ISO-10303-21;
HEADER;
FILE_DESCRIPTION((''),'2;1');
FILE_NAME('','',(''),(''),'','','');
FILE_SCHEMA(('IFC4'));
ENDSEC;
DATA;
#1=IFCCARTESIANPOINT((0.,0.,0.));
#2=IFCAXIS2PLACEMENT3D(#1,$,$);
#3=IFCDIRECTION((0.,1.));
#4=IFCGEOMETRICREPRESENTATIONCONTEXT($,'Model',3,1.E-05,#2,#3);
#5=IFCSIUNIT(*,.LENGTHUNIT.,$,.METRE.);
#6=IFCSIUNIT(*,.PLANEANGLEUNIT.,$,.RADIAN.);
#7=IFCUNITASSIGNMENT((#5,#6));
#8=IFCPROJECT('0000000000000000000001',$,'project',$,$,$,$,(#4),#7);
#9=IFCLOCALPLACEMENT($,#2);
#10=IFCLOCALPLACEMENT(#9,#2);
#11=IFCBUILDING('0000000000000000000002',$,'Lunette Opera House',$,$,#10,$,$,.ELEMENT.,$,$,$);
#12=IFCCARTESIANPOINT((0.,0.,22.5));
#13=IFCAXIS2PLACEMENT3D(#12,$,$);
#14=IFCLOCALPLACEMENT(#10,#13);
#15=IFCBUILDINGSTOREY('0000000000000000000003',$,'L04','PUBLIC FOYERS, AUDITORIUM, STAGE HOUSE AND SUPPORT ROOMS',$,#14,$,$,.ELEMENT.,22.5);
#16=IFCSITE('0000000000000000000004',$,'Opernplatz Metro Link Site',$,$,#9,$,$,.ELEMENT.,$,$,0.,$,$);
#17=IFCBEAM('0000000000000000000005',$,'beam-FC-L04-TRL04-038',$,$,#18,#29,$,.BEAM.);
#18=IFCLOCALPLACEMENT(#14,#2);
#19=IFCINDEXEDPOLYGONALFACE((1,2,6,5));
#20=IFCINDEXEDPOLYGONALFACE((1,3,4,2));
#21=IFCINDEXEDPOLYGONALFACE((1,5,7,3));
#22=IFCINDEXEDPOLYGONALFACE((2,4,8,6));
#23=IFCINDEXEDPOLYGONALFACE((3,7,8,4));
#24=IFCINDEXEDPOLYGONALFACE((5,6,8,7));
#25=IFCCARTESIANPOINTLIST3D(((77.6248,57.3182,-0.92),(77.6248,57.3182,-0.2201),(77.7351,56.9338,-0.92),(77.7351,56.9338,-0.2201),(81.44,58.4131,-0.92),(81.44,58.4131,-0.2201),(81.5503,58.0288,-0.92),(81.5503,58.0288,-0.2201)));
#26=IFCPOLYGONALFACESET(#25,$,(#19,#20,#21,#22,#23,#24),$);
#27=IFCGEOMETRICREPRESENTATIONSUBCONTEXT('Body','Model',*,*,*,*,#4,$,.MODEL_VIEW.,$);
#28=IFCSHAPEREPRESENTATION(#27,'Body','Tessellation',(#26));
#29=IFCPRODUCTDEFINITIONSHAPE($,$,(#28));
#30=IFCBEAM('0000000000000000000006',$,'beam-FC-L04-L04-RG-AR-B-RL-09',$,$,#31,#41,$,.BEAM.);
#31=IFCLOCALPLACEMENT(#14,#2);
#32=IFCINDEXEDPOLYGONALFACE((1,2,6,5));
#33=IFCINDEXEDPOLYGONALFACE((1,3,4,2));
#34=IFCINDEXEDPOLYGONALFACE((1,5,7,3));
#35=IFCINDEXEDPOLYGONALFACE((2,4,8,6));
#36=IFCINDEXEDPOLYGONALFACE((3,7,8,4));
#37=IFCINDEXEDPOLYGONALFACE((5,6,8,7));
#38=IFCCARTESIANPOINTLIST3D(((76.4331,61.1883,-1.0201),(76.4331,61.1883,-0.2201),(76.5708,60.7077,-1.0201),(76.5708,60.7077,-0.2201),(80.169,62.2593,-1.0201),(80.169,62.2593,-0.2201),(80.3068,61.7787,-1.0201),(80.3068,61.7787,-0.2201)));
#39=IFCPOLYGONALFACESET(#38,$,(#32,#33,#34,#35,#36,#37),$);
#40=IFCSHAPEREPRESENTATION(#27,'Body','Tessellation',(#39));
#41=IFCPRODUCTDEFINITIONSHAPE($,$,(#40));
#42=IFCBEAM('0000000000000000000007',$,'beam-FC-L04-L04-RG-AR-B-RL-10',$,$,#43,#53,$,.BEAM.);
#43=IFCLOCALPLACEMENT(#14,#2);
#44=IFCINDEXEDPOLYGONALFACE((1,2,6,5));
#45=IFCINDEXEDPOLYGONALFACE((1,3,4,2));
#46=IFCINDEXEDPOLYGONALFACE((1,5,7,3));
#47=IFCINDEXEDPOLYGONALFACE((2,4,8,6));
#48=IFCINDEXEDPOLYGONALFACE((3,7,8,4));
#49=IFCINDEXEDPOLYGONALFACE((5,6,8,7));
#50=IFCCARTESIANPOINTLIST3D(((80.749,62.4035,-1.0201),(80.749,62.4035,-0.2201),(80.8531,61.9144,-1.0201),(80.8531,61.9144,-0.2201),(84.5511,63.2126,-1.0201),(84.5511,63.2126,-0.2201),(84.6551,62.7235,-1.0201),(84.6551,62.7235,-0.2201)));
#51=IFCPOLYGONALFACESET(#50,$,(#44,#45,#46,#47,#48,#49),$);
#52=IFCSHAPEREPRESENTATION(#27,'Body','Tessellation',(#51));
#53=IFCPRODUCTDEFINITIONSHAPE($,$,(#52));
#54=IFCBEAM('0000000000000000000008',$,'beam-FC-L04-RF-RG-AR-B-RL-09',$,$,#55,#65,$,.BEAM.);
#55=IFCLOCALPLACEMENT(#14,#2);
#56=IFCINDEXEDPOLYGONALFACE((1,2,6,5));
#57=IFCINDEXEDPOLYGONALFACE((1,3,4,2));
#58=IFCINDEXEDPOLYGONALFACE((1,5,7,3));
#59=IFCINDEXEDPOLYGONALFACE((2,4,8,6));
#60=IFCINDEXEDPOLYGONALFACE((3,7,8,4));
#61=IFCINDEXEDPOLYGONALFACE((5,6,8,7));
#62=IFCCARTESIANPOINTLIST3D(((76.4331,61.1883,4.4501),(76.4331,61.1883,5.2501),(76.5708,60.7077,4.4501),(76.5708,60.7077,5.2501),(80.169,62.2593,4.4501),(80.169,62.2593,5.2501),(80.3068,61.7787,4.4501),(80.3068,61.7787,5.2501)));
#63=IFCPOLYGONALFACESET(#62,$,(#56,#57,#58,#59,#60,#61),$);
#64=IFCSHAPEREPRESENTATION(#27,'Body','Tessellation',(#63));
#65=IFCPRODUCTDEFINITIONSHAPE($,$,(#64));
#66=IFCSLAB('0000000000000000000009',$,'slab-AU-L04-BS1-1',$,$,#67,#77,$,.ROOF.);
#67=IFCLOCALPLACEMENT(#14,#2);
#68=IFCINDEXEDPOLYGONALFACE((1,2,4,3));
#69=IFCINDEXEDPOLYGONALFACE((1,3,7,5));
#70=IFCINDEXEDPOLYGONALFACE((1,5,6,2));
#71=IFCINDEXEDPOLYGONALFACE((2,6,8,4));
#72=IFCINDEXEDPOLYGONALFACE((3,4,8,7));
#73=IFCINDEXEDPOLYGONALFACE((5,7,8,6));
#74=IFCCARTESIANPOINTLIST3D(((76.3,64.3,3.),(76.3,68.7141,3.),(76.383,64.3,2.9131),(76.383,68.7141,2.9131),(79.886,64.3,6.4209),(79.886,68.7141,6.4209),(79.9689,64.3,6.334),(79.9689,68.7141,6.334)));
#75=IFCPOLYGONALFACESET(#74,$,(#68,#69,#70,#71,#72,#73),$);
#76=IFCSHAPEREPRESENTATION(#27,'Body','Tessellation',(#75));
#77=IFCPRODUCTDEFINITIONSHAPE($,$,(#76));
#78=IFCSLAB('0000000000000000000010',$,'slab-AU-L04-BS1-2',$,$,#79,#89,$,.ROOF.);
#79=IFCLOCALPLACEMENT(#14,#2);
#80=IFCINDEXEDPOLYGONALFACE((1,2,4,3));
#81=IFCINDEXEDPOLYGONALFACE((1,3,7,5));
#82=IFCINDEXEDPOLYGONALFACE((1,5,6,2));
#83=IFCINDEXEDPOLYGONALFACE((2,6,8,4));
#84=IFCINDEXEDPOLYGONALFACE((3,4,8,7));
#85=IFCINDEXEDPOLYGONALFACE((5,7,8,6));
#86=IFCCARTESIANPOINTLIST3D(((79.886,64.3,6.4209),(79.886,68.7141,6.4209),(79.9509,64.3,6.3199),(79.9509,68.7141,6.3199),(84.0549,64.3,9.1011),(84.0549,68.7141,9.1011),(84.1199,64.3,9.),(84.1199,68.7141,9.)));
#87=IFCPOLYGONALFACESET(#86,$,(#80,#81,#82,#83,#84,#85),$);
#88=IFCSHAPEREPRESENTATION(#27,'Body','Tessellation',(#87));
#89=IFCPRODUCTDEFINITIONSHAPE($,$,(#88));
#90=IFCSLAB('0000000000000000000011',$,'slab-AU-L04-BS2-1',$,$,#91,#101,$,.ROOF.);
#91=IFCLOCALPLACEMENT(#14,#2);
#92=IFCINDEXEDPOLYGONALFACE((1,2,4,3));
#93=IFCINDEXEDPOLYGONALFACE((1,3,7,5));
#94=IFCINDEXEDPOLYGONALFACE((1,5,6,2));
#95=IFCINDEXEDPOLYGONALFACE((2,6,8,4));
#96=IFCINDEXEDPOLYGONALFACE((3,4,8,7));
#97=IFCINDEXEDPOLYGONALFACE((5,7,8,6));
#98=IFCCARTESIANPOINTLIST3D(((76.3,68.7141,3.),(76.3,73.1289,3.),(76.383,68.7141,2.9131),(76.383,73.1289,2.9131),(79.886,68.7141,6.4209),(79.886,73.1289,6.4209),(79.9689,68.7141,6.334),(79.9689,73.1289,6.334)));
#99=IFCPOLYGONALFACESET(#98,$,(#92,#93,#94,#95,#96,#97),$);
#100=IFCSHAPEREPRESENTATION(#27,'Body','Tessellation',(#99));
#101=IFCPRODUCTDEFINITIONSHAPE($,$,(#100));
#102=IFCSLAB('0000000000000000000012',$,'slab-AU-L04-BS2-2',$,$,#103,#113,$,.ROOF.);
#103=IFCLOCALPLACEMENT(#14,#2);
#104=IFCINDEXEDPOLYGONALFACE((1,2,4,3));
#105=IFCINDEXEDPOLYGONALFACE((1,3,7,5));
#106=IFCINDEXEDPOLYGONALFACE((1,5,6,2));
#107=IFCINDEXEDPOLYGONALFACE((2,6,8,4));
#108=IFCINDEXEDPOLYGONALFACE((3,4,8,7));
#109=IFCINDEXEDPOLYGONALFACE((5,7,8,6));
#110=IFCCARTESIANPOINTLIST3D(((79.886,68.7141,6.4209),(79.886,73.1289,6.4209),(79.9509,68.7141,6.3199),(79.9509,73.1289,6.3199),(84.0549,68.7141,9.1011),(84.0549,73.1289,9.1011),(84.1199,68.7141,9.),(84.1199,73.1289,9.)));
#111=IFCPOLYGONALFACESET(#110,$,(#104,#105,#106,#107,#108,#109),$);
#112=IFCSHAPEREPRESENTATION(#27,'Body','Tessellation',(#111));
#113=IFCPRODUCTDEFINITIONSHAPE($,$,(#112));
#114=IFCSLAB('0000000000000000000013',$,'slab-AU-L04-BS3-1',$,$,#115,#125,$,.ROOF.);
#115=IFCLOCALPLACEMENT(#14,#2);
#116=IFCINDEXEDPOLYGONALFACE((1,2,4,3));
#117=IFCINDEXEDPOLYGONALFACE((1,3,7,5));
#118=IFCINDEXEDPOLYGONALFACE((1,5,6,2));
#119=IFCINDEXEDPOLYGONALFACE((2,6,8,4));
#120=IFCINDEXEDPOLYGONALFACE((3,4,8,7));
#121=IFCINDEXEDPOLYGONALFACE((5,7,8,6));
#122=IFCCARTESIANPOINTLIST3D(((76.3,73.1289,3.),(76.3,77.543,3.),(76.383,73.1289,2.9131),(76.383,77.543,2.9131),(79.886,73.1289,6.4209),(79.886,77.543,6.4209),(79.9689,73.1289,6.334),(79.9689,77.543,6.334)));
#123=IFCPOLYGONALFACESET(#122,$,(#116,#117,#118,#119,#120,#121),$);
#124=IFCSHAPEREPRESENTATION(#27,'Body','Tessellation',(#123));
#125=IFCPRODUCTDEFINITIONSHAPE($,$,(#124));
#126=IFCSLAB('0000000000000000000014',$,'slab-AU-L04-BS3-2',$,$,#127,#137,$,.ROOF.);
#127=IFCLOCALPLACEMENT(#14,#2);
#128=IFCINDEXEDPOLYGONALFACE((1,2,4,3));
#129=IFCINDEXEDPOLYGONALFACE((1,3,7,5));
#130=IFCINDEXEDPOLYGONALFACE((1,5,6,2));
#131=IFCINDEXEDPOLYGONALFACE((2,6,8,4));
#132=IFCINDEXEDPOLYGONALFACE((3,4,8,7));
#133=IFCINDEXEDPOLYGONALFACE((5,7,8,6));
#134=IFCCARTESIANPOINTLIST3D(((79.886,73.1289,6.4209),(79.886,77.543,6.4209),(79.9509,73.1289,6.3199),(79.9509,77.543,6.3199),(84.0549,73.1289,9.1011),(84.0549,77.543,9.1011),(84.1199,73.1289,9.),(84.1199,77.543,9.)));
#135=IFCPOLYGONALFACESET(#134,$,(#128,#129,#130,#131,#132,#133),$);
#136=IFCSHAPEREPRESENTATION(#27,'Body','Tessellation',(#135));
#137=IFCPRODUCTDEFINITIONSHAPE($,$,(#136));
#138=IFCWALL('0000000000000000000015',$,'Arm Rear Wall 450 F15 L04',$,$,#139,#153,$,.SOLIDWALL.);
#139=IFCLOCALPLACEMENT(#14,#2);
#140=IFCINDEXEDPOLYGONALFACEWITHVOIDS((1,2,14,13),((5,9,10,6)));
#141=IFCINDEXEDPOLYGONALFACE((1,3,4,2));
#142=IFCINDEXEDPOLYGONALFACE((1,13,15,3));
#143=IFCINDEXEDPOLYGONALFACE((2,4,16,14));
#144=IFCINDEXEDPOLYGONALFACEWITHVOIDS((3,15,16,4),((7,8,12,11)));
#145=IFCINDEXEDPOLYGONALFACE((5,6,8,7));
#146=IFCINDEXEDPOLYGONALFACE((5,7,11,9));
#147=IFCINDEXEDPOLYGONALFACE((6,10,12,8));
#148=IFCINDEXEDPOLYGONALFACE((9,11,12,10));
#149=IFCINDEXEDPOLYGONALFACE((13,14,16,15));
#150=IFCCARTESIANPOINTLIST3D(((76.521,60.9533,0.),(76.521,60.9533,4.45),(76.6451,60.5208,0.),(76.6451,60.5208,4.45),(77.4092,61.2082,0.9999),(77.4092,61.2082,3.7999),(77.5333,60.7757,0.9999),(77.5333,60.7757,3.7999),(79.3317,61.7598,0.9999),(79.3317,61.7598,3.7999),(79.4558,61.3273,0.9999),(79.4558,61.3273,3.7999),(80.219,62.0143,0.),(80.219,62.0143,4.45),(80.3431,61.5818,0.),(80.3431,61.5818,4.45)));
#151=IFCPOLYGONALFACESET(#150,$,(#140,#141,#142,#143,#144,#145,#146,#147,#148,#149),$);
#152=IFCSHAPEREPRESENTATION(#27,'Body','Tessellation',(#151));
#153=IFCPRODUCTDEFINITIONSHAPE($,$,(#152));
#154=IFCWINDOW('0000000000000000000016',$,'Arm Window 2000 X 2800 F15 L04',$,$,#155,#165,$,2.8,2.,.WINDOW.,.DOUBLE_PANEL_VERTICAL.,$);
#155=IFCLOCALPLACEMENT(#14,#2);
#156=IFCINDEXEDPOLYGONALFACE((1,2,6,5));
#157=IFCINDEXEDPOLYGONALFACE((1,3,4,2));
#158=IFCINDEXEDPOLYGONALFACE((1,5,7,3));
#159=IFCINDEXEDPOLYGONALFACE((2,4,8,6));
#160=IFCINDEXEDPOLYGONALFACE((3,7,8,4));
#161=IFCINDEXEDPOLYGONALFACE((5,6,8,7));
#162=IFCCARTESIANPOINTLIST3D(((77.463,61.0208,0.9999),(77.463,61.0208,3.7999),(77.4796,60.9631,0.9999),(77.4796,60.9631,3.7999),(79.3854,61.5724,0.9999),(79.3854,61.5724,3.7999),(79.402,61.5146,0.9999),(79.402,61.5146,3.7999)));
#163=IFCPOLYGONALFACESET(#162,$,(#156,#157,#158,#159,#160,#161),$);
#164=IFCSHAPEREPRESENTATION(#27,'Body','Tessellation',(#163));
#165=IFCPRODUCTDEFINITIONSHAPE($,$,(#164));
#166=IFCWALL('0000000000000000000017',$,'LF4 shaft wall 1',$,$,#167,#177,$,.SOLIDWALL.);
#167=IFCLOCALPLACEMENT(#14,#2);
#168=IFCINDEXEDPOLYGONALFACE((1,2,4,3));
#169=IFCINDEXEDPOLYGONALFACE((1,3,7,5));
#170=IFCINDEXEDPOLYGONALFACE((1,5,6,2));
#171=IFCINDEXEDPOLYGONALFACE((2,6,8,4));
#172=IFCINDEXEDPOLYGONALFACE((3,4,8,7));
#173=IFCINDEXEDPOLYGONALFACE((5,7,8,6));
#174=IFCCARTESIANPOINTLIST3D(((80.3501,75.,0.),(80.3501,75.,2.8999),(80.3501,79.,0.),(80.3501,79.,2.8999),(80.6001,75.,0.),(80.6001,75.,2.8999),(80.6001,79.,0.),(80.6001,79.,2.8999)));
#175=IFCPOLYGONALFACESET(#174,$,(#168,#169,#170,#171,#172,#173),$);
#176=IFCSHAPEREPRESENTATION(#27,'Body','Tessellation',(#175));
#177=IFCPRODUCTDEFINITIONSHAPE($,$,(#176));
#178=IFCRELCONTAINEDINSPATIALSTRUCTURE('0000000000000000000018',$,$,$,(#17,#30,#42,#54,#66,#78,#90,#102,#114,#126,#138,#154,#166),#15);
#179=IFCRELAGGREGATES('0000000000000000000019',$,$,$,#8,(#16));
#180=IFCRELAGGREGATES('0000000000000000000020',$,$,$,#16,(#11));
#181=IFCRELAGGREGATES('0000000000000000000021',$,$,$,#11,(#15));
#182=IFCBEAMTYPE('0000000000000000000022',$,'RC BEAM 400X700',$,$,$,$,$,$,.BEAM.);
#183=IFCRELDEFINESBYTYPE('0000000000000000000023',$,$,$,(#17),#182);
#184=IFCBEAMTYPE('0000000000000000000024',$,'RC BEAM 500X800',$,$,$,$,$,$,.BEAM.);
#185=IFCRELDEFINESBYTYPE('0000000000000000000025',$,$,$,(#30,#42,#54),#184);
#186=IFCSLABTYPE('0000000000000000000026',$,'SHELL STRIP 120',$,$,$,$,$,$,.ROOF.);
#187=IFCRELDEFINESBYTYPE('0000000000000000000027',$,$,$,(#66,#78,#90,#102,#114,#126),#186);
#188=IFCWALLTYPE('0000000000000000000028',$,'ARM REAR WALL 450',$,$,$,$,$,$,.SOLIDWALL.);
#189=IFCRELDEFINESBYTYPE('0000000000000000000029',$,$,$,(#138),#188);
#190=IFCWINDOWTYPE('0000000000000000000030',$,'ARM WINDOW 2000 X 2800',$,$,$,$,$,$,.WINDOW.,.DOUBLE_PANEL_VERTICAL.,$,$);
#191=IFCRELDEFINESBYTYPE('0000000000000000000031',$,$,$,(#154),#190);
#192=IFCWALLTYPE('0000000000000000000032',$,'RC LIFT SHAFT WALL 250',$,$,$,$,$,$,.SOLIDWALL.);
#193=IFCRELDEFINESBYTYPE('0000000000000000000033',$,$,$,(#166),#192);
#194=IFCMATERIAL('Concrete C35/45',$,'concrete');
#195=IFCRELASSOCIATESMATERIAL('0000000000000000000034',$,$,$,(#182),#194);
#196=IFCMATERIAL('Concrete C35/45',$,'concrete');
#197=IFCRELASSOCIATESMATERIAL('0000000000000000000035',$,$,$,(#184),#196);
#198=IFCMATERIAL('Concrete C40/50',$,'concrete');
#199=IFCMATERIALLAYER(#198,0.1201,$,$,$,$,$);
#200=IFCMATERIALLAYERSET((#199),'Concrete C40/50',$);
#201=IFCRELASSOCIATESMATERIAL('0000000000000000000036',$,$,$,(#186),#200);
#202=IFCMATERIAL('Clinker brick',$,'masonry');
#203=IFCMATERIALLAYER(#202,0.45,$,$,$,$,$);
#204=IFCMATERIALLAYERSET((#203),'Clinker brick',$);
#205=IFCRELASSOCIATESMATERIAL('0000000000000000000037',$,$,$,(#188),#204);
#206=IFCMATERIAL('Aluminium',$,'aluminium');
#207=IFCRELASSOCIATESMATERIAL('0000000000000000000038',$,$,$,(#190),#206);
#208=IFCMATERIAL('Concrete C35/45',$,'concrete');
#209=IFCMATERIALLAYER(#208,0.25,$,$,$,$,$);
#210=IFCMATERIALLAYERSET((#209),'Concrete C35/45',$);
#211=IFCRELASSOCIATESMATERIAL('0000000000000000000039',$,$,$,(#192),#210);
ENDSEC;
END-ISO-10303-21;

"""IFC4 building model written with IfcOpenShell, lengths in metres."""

from ifc_helpers import new_model, si_unit, direction, frame, frame_2d, origin, origin_2d, place, context, subcontext, project, spatial, polyline, rectangle, outline, extrude, material, layer, layer_set, material_profile, profile_set, type_object, element, fill, save


model = new_model("IFC4")

# Units and contexts
model_context = context("Model", 3, precision=1e-05, world=origin(), true_north=direction((0.0, 1.0)))
body_context = subcontext(model_context, "Body", "Model", "MODEL_VIEW")
ifc_project = project(units=[si_unit("LENGTHUNIT", "METRE"), si_unit("PLANEANGLEUNIT", "RADIAN")], contexts=[model_context])

# Site, building, storey
site_placement = place(None, origin())
site = spatial("IfcSite", under=ifc_project, at=site_placement, Name="Opernplatz Metro Link Site", CompositionType="ELEMENT", RefElevation=0.0)
building_placement = place(site_placement, origin())
building = spatial("IfcBuilding", under=site, at=building_placement, Name="Lunette Opera House", CompositionType="ELEMENT")
storey_placement = place(building_placement, frame((0.0, 0.0, 22.5)))
storey = spatial("IfcBuildingStorey", under=building, at=storey_placement, Name="L04", Description="PUBLIC FOYERS, AUDITORIUM, STAGE HOUSE AND SUPPORT ROOMS", CompositionType="ELEMENT", Elevation=22.5)

# Beams
ifc_material_1 = material(Name="Concrete C35/45", Category="concrete")
ifc_material_profile_1 = material_profile(ifc_material_1, rectangle(XDim=0.3999, YDim=0.7, at=origin_2d()), Name="RC BEAM 400X700")
ifc_profile_set_1 = profile_set([ifc_material_profile_1], Name="Concrete C35/45")
beam_type_1 = type_object("IfcBeamType", Name="RC BEAM 400X700", PredefinedType="BEAM", material=ifc_profile_set_1)
beam_1_placement = place(storey_placement, frame((77.6799, 57.126, -0.5701), z_axis=(0.961196, 0.275866, 0.0), x_axis=(-0.275866, 0.961196, 0.0)))
element("IfcBeam", 1, at=beam_1_placement, inside=storey, type_object=beam_type_1, Name="beam-FC-L04-TRL04-038", PredefinedType="BEAM", context=body_context, shape_type="SweptSolid", body=[
    extrude(rectangle(XDim=0.3999, YDim=0.7, at=origin_2d()), origin(), (0.0, 0.0, 1.0), 3.9692),
])
ifc_material_2 = material(Name="Concrete C35/45", Category="concrete")
ifc_material_profile_2 = material_profile(ifc_material_2, rectangle(XDim=0.5, YDim=0.8, at=origin_2d()), Name="RC BEAM 500X800")
ifc_profile_set_2 = profile_set([ifc_material_profile_2], Name="Concrete C35/45")
beam_type_2 = type_object("IfcBeamType", Name="RC BEAM 500X800", PredefinedType="BEAM", material=ifc_profile_set_2)
beam_2_placement = place(storey_placement, frame((76.502, 60.948, -0.6201), z_axis=(0.961279, 0.275576, 0.0), x_axis=(-0.275576, 0.961279, 0.0)))
element("IfcBeam", 2, at=beam_2_placement, inside=storey, type_object=beam_type_2, Name="beam-FC-L04-L04-RG-AR-B-RL-09", PredefinedType="BEAM", context=body_context, shape_type="SweptSolid", body=[
    extrude(rectangle(XDim=0.5, YDim=0.8, at=origin_2d()), origin(), (0.0, 0.0, 1.0), 3.8865),
])
beam_3_placement = place(storey_placement, frame((80.801, 62.1589, -0.6201), z_axis=(0.978098, 0.208143, 0.0), x_axis=(-0.208143, 0.978098, 0.0)))
element("IfcBeam", 3, at=beam_3_placement, inside=storey, type_object=beam_type_2, Name="beam-FC-L04-L04-RG-AR-B-RL-10", PredefinedType="BEAM", context=body_context, shape_type="SweptSolid", body=[
    extrude(rectangle(XDim=0.5, YDim=0.8, at=origin_2d()), origin(), (0.0, 0.0, 1.0), 3.8872),
])
beam_4_placement = place(storey_placement, frame((76.502, 60.948, 4.8501), z_axis=(0.961279, 0.275576, 0.0), x_axis=(-0.275576, 0.961279, 0.0)))
element("IfcBeam", 4, at=beam_4_placement, inside=storey, type_object=beam_type_2, Name="beam-FC-L04-RF-RG-AR-B-RL-09", PredefinedType="BEAM", context=body_context, shape_type="SweptSolid", body=[
    extrude(rectangle(XDim=0.5, YDim=0.8, at=origin_2d()), origin(), (0.0, 0.0, 1.0), 3.8865),
])

# Slabs
ifc_material_3 = material(Name="Concrete C40/50", Category="concrete")
ifc_layer_1 = layer(ifc_material_3, 0.1201)
ifc_layer_set_1 = layer_set([ifc_layer_1], Name="Concrete C40/50")
slab_type = type_object("IfcSlabType", Name="SHELL STRIP 120", PredefinedType="ROOF", material=ifc_layer_set_1)
slab_1_placement = place(storey_placement, frame((76.3, 64.3, 3.0), z_axis=(-0.69026, 0.0, 0.723561), x_axis=(0.723561, 0.0, 0.69026)))
element("IfcSlab", 5, at=slab_1_placement, inside=storey, type_object=slab_type, Name="slab-AU-L04-BS1-1", PredefinedType="ROOF", context=body_context, shape_type="SweptSolid", body=[
    extrude(outline(polyline([(0.0, 0.0), (4.956, 0.0), (4.956, 4.4141), (0.0, 4.4141), (0.0, 0.0)])), origin(), (0.0, 0.0, -1.0), 0.1201),
])
slab_2_placement = place(storey_placement, frame((79.886, 64.3, 6.4209), z_axis=(-0.540778, 0.0, 0.841166), x_axis=(0.841166, 0.0, 0.540778)))
element("IfcSlab", 6, at=slab_2_placement, inside=storey, type_object=slab_type, Name="slab-AU-L04-BS1-2", PredefinedType="ROOF", context=body_context, shape_type="SweptSolid", body=[
    extrude(outline(polyline([(0.0, 0.0), (4.9562, 0.0), (4.9562, 4.4141), (0.0, 4.4141), (0.0, 0.0)])), origin(), (0.0, 0.0, -1.0), 0.1201),
])
slab_3_placement = place(storey_placement, frame((76.3, 68.7141, 3.0), z_axis=(-0.69026, 0.0, 0.723561), x_axis=(0.723561, 0.0, 0.69026)))
element("IfcSlab", 7, at=slab_3_placement, inside=storey, type_object=slab_type, Name="slab-AU-L04-BS2-1", PredefinedType="ROOF", context=body_context, shape_type="SweptSolid", body=[
    extrude(outline(polyline([(0.0, 0.0), (4.956, 0.0), (4.956, 4.4148), (0.0, 4.4148), (0.0, 0.0)])), origin(), (0.0, 0.0, -1.0), 0.1201),
])
slab_4_placement = place(storey_placement, frame((79.886, 68.7141, 6.4209), z_axis=(-0.540778, 0.0, 0.841166), x_axis=(0.841166, 0.0, 0.540778)))
element("IfcSlab", 8, at=slab_4_placement, inside=storey, type_object=slab_type, Name="slab-AU-L04-BS2-2", PredefinedType="ROOF", context=body_context, shape_type="SweptSolid", body=[
    extrude(outline(polyline([(0.0, 0.0), (4.9562, 0.0), (4.9562, 4.4148), (0.0, 4.4148), (0.0, 0.0)])), origin(), (0.0, 0.0, -1.0), 0.1201),
])
slab_5_placement = place(storey_placement, frame((76.3, 73.1289, 3.0), z_axis=(-0.69026, 0.0, 0.723561), x_axis=(0.723561, 0.0, 0.69026)))
element("IfcSlab", 9, at=slab_5_placement, inside=storey, type_object=slab_type, Name="slab-AU-L04-BS3-1", PredefinedType="ROOF", context=body_context, shape_type="SweptSolid", body=[
    extrude(outline(polyline([(0.0, 0.0), (4.956, 0.0), (4.956, 4.4141), (0.0, 4.4141), (0.0, 0.0)])), origin(), (0.0, 0.0, -1.0), 0.1201),
])
slab_6_placement = place(storey_placement, frame((79.886, 73.1289, 6.4209), z_axis=(-0.540778, 0.0, 0.841166), x_axis=(0.841166, 0.0, 0.540778)))
element("IfcSlab", 10, at=slab_6_placement, inside=storey, type_object=slab_type, Name="slab-AU-L04-BS3-2", PredefinedType="ROOF", context=body_context, shape_type="SweptSolid", body=[
    extrude(outline(polyline([(0.0, 0.0), (4.9562, 0.0), (4.9562, 4.4141), (0.0, 4.4141), (0.0, 0.0)])), origin(), (0.0, 0.0, -1.0), 0.1201),
])

# Wall, opening, window
ifc_material_4 = material(Name="Clinker brick", Category="masonry")
ifc_layer_2 = layer(ifc_material_4, 0.45)
ifc_layer_set_2 = layer_set([ifc_layer_2], Name="Clinker brick")
wall_type_1 = type_object("IfcWallType", Name="ARM REAR WALL 450", PredefinedType="SOLIDWALL", material=ifc_layer_set_2)
wall_1_placement = place(storey_placement, frame((80.281, 61.7981, 0.0), z_axis=(0.0, 0.0, 1.0), x_axis=(-0.961217, -0.275794, 0.0)))
wall_1 = element("IfcWall", 11, at=wall_1_placement, inside=storey, type_object=wall_type_1, Name="Arm Rear Wall 450 F15 L04", PredefinedType="SOLIDWALL", context=body_context, shape_type="SweptSolid", body=[
    extrude(rectangle(XDim=3.8472, YDim=0.45, at=frame_2d((1.9236, 0.0))), origin(), (0.0, 0.0, 1.0), 4.45),
])
opening_1_placement = place(wall_1_placement, frame((0.9231, 0.0, 1.0)))
opening_1 = element("IfcOpeningElement", 12, at=opening_1_placement, cuts=wall_1, PredefinedType="OPENING", context=body_context, shape_type="SweptSolid", body=[
    extrude(rectangle(XDim=2.0, YDim=2.8, at=frame_2d((1.0, 1.3999))), frame((0.0, 0.2371, 0.0), z_axis=(0.0, -1.0, 0.0), x_axis=(1.0, 0.0, 0.0)), (0.0, 0.0, 1.0), 0.4739),
])
ifc_material_5 = material(Name="Aluminium", Category="aluminium")
window_type = type_object("IfcWindowType", Name="ARM WINDOW 2000 X 2800", PartitioningType="DOUBLE_PANEL_VERTICAL", PredefinedType="WINDOW", material=ifc_material_5)
window_placement = place(opening_1_placement, origin())
window = element("IfcWindow", 13, at=window_placement, inside=storey, type_object=window_type, Name="Arm Window 2000 X 2800 F15 L04", OverallHeight=2.8, OverallWidth=2.0, PartitioningType="DOUBLE_PANEL_VERTICAL", PredefinedType="WINDOW", context=body_context, shape_type="SweptSolid", body=[
    extrude(rectangle(XDim=2.0, YDim=2.8, at=frame_2d((1.0, 1.3999))), frame((0.0, 0.03, 0.0), z_axis=(0.0, -1.0, 0.0), x_axis=(1.0, 0.0, 0.0)), (0.0, 0.0, 1.0), 0.0601),
])
fill(opening_1, window)

# Wall
ifc_material_6 = material(Name="Concrete C35/45", Category="concrete")
ifc_layer_3 = layer(ifc_material_6, 0.25)
ifc_layer_set_3 = layer_set([ifc_layer_3], Name="Concrete C35/45")
wall_type_2 = type_object("IfcWallType", Name="RC LIFT SHAFT WALL 250", PredefinedType="SOLIDWALL", material=ifc_layer_set_3)
wall_2_placement = place(storey_placement, frame((80.4751, 75.0, 0.0), z_axis=(0.0, 0.0, 1.0), x_axis=(0.0, 1.0, 0.0)))
element("IfcWall", 14, at=wall_2_placement, inside=storey, type_object=wall_type_2, Name="LF4 shaft wall 1", PredefinedType="SOLIDWALL", context=body_context, shape_type="SweptSolid", body=[
    extrude(rectangle(XDim=4.0, YDim=0.25, at=frame_2d((2.0, 0.0))), origin(), (0.0, 0.0, 1.0), 2.8999),
])

save(model, "model.ifc")
